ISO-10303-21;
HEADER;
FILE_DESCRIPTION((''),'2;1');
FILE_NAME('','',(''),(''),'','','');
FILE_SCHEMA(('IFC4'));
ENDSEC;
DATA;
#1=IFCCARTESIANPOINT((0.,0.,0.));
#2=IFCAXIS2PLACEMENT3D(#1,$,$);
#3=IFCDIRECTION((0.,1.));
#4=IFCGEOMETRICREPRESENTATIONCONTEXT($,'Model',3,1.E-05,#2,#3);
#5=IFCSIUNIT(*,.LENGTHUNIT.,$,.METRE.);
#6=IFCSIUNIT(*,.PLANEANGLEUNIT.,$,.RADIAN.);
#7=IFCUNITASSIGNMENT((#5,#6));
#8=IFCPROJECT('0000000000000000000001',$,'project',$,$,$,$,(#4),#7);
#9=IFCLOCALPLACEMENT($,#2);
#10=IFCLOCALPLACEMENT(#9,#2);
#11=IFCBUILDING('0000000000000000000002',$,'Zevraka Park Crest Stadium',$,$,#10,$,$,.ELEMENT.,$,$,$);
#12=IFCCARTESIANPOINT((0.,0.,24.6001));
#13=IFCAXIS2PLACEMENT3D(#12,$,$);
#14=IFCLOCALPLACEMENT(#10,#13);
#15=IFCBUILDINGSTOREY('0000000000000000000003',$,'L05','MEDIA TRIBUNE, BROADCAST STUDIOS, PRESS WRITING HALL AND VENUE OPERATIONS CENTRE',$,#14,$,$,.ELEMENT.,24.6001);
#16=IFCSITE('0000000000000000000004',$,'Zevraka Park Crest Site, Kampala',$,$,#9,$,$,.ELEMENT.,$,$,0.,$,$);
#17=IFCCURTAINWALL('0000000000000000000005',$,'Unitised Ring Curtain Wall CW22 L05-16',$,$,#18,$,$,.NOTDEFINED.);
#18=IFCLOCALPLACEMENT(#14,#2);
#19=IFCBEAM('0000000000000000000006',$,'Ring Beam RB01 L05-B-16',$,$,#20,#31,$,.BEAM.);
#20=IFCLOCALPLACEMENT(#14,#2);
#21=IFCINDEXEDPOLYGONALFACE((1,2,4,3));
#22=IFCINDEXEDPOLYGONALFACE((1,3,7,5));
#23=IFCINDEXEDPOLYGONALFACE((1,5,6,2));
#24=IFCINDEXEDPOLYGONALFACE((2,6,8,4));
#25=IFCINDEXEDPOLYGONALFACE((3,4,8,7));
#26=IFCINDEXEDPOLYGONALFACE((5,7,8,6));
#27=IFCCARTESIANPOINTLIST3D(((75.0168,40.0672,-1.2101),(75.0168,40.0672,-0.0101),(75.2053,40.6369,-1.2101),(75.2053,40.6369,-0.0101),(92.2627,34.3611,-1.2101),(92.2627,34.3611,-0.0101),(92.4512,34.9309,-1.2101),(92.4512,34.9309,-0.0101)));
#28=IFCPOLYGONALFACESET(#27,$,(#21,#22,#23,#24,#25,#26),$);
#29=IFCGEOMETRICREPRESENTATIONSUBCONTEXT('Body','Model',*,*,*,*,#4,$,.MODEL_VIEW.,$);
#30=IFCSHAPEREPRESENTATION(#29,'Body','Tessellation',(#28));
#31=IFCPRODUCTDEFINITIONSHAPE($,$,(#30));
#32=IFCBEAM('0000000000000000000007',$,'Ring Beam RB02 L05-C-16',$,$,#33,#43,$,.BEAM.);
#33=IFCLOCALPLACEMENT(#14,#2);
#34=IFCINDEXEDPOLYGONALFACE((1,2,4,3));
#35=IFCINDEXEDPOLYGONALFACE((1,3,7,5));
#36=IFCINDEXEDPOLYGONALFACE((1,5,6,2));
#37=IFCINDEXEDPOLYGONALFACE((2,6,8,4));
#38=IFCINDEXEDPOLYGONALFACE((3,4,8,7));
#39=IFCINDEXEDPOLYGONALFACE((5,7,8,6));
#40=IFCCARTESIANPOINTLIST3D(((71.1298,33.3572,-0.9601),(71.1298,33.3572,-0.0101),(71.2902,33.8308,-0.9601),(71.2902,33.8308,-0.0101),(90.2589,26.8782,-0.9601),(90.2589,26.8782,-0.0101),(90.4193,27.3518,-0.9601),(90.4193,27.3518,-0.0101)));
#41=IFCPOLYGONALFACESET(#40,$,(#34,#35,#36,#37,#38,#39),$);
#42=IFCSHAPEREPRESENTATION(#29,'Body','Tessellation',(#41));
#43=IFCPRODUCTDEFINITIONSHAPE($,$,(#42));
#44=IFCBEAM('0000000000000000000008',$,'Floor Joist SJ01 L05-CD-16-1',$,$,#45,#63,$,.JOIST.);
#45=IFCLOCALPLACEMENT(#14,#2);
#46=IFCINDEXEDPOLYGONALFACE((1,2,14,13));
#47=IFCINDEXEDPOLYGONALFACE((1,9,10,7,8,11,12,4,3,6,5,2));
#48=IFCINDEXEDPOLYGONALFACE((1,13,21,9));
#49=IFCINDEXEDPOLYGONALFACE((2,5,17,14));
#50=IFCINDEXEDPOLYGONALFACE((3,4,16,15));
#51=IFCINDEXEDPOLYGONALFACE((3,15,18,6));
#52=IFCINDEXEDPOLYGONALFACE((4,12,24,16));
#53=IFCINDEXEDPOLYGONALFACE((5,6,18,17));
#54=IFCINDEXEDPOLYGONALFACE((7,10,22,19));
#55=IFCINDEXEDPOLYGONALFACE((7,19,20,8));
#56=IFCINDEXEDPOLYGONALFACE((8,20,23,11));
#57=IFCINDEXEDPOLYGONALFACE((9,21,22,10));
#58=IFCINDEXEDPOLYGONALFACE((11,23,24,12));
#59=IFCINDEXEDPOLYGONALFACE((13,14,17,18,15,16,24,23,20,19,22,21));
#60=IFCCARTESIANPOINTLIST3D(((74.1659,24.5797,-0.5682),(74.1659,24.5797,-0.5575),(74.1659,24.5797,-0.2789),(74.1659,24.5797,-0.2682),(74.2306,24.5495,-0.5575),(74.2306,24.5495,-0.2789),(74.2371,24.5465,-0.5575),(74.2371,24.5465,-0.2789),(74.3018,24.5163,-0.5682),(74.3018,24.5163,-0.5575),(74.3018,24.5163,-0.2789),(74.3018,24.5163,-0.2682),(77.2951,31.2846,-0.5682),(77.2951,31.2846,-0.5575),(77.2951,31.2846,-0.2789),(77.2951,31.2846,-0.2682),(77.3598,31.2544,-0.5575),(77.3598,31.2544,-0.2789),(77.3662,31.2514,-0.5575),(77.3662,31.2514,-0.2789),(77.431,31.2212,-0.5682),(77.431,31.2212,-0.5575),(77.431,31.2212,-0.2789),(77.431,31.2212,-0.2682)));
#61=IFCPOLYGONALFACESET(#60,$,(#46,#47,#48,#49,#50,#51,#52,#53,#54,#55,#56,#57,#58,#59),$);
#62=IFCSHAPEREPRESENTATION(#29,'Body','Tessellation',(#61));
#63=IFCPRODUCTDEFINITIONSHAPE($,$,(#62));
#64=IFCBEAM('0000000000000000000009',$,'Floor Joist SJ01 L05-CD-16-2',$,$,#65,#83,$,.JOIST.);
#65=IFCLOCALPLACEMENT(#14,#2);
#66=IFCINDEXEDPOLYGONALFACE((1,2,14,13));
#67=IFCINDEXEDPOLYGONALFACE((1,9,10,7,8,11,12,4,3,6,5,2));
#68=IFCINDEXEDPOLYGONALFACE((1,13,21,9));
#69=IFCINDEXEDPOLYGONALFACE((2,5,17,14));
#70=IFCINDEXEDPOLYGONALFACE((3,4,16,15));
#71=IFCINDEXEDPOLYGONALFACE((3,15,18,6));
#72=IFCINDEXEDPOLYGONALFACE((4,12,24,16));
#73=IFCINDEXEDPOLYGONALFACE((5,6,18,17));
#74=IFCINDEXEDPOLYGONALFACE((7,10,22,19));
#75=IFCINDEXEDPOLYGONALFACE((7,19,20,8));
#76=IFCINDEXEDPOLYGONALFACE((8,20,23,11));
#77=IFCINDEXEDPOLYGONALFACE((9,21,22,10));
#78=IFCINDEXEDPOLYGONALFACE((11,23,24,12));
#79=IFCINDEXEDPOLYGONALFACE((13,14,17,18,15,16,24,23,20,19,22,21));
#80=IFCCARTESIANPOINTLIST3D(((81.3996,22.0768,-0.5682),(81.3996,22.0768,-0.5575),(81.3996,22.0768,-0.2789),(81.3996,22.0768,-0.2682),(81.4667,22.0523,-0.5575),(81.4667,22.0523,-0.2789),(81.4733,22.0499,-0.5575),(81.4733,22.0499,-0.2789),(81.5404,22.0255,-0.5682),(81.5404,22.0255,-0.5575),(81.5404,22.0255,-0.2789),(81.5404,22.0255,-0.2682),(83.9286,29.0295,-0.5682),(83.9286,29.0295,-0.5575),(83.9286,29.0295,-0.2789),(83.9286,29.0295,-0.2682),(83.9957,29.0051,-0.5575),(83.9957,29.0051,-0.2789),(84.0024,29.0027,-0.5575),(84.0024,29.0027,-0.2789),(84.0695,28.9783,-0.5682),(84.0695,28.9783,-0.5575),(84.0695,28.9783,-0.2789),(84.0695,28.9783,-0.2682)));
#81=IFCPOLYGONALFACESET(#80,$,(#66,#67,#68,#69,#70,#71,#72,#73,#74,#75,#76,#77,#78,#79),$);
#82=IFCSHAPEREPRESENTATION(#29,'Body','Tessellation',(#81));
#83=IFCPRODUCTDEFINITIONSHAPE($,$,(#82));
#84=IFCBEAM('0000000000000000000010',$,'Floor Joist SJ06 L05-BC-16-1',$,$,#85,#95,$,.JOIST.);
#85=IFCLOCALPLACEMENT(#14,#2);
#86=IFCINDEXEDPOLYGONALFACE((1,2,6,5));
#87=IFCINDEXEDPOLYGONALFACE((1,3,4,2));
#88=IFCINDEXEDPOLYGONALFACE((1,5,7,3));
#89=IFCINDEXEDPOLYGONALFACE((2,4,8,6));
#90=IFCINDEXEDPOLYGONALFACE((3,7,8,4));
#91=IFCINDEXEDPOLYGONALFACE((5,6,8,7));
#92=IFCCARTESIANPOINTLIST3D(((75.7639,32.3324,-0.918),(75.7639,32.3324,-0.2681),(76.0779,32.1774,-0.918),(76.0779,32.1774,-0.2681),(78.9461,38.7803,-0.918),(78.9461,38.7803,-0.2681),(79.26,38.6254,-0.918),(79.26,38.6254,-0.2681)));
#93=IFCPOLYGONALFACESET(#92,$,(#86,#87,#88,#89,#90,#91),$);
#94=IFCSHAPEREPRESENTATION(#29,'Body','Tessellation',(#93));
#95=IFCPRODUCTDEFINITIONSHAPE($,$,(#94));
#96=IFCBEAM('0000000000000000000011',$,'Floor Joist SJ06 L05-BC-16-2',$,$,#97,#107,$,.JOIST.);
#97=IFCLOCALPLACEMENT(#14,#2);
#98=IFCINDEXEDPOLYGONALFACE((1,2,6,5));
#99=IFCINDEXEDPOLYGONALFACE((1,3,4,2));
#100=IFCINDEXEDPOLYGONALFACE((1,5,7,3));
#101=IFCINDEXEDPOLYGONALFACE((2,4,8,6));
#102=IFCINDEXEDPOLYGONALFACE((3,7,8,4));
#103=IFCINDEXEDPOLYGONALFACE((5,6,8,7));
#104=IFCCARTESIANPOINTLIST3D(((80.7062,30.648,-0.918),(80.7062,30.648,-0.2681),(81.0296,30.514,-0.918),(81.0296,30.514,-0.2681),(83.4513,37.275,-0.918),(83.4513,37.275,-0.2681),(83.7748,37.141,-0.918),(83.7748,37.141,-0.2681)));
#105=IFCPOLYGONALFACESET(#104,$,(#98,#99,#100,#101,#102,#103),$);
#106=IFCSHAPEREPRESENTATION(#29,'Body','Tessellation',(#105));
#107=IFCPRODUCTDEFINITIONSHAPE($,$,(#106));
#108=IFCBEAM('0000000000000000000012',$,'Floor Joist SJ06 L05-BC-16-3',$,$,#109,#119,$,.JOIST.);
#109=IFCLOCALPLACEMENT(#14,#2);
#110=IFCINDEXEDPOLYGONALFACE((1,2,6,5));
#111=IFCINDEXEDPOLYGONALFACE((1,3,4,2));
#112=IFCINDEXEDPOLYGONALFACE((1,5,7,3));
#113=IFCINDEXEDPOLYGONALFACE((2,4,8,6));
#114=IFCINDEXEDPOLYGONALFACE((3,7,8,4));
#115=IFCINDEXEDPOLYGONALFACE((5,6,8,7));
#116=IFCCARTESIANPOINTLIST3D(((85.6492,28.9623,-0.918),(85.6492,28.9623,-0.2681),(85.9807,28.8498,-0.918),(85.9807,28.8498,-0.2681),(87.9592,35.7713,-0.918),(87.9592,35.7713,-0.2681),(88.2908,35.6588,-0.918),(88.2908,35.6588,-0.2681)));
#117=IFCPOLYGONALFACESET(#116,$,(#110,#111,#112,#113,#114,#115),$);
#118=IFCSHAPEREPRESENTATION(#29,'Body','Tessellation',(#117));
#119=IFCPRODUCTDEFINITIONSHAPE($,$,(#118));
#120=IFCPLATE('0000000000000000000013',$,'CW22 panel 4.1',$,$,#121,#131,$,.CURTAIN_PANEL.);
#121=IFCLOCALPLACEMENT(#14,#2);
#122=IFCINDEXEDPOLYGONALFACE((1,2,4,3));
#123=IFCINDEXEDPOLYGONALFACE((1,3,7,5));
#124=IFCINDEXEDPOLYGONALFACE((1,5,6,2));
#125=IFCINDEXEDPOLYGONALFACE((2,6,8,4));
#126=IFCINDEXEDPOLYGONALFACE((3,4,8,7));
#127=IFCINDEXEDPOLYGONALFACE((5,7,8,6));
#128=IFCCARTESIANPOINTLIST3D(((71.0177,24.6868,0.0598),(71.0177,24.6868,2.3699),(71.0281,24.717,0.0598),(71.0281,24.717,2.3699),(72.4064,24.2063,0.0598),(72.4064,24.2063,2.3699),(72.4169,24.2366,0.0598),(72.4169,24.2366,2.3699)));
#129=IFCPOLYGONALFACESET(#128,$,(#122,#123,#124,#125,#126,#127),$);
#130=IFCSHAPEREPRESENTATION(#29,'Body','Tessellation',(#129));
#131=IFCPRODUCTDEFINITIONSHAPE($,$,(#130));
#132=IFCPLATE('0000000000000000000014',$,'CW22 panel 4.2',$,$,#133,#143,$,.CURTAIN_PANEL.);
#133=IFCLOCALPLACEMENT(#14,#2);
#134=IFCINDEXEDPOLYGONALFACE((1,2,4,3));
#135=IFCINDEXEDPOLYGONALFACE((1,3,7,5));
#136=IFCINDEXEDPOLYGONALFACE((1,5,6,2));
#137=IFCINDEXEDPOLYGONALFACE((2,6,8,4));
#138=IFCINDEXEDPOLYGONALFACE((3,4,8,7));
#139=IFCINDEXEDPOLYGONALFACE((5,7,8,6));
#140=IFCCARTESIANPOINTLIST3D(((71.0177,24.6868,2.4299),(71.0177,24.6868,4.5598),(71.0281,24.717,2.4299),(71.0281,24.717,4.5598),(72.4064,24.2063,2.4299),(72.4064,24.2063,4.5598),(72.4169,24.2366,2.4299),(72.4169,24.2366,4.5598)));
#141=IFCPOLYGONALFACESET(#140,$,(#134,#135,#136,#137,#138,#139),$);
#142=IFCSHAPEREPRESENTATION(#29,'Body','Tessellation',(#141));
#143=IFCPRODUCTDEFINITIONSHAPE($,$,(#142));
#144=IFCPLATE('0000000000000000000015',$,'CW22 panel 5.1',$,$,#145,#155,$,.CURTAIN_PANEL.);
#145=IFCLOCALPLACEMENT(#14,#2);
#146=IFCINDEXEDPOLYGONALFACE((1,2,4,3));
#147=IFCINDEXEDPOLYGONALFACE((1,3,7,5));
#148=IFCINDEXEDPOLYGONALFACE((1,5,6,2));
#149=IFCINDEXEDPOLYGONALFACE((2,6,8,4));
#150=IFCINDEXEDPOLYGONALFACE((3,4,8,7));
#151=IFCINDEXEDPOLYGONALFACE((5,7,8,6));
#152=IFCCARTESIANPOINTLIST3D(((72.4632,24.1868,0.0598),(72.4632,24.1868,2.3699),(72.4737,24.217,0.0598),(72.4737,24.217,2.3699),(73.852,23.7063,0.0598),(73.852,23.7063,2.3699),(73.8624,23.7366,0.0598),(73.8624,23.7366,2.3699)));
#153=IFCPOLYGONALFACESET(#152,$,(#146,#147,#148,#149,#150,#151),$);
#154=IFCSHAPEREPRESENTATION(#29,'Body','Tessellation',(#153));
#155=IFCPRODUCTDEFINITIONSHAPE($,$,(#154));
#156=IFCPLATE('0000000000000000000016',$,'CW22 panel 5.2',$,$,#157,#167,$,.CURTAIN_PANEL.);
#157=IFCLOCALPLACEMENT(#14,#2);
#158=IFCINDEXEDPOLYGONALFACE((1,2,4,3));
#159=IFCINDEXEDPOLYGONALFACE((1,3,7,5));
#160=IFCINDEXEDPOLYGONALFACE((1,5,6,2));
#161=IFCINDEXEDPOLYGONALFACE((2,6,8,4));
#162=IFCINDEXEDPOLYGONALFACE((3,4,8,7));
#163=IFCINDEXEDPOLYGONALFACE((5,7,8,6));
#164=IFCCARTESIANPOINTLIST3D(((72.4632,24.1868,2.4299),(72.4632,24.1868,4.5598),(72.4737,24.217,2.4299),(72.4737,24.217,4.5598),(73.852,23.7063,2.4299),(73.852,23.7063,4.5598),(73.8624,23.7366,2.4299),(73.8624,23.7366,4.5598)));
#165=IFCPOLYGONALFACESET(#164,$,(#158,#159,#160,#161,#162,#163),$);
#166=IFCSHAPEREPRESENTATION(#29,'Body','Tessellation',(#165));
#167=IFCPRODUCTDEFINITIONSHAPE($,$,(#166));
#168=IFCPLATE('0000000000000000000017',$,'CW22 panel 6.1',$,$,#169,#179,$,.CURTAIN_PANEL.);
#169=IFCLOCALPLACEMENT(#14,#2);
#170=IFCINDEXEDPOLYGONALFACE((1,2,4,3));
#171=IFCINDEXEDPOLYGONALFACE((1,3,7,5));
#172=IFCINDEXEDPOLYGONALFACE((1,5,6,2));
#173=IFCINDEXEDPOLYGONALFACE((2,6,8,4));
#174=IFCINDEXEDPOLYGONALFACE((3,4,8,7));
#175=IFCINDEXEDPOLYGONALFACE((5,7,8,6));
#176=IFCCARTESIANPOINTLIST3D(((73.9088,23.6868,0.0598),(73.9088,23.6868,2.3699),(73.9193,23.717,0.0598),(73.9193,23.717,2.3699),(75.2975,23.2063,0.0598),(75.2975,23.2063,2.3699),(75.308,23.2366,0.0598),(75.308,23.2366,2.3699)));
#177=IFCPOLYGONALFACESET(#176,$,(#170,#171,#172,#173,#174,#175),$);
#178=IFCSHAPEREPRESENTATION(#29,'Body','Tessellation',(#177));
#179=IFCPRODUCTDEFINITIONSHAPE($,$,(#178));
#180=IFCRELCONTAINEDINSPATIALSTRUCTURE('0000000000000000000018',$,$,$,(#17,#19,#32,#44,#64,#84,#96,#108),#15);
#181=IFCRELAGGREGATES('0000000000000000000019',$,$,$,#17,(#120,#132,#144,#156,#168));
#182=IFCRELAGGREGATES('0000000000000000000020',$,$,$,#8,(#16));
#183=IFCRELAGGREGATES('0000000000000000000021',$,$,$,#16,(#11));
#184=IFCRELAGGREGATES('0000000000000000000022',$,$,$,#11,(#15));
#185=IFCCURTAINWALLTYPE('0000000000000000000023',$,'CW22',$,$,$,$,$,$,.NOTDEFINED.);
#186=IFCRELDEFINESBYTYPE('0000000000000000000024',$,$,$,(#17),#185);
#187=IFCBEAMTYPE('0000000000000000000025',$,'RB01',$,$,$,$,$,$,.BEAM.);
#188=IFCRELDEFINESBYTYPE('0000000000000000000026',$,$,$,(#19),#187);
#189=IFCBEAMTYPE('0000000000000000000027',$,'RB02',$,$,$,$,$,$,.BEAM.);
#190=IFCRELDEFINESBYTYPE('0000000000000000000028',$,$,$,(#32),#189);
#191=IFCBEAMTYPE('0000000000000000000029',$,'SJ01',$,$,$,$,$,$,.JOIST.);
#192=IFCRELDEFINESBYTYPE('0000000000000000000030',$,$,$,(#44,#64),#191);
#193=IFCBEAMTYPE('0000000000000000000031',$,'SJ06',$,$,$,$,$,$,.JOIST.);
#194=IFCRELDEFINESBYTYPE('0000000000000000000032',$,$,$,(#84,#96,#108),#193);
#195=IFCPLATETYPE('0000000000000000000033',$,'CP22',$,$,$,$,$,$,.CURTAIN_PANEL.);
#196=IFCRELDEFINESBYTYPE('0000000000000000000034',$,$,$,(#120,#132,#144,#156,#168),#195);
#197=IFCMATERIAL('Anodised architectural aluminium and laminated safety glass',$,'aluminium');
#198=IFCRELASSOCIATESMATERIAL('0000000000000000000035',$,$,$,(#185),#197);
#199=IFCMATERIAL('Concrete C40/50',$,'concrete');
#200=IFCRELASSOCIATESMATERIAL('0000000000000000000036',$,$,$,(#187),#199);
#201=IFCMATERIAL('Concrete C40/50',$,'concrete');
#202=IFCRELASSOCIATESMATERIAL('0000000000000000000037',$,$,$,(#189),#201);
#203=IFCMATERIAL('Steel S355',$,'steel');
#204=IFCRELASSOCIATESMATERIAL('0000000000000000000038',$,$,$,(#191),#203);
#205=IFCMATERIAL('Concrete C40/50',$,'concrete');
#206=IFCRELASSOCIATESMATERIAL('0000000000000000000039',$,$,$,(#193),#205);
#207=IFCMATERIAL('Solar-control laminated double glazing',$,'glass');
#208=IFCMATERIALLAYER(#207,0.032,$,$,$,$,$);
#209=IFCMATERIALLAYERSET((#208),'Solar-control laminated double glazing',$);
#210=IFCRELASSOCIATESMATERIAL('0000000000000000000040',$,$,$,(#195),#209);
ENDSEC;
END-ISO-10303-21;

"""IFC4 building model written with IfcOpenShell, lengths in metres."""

from ifc_helpers import new_model, si_unit, direction, frame, origin, origin_2d, place, context, subcontext, project, spatial, rectangle, i_section, extrude, material, layer, layer_set, material_profile, profile_set, type_object, element, aggregate, save


model = new_model("IFC4")

# Units and contexts
model_context = context("Model", 3, precision=1e-05, world=origin(), true_north=direction((0.0, 1.0)))
body_context = subcontext(model_context, "Body", "Model", "MODEL_VIEW")
ifc_project = project(units=[si_unit("LENGTHUNIT", "METRE"), si_unit("PLANEANGLEUNIT", "RADIAN")], contexts=[model_context])

# Site, building, storey
site_placement = place(None, origin())
site = spatial("IfcSite", under=ifc_project, at=site_placement, Name="Zevraka Park Crest Site, Kampala", CompositionType="ELEMENT", RefElevation=0.0)
building_placement = place(site_placement, origin())
building = spatial("IfcBuilding", under=site, at=building_placement, Name="Zevraka Park Crest Stadium", CompositionType="ELEMENT")
storey_placement = place(building_placement, frame((0.0, 0.0, 24.6001)))
storey = spatial("IfcBuildingStorey", under=building, at=storey_placement, Name="L05", Description="MEDIA TRIBUNE, BROADCAST STUDIOS, PRESS WRITING HALL AND VENUE OPERATIONS CENTRE", CompositionType="ELEMENT", Elevation=24.6001)

# Curtain wall
ifc_material_1 = material(Name="Anodised architectural aluminium and laminated safety glass", Category="aluminium")
curtain_wall_type = type_object("IfcCurtainWallType", Name="CW22", PredefinedType="NOTDEFINED", material=ifc_material_1)
curtain_wall_placement = place(storey_placement, origin())
curtain_wall = element("IfcCurtainWall", 1, at=curtain_wall_placement, inside=storey, type_object=curtain_wall_type, Name="Unitised Ring Curtain Wall CW22 L05-16", PredefinedType="NOTDEFINED")

# Beams
ifc_material_2 = material(Name="Concrete C40/50", Category="concrete")
ifc_material_profile_1 = material_profile(ifc_material_2, rectangle(XDim=0.6001, YDim=1.2, at=origin_2d()), Name="RC 1200x600")
ifc_profile_set_1 = profile_set([ifc_material_profile_1], Name="Concrete C40/50")
beam_type_1 = type_object("IfcBeamType", Name="RB01", PredefinedType="BEAM", material=ifc_profile_set_1)
beam_1_placement = place(storey_placement, frame((75.1111, 40.3521, -0.6101), z_axis=(0.949384, -0.314118, 0.0), x_axis=(0.314118, 0.949384, 0.0)))
element("IfcBeam", 2, at=beam_1_placement, inside=storey, type_object=beam_type_1, Name="Ring Beam RB01 L05-B-16", PredefinedType="BEAM", context=body_context, shape_type="SweptSolid", body=[
    extrude(rectangle(XDim=0.6001, YDim=1.2, at=origin_2d()), origin(), (0.0, 0.0, 1.0), 18.1653),
])
ifc_material_3 = material(Name="Concrete C40/50", Category="concrete")
ifc_material_profile_2 = material_profile(ifc_material_3, rectangle(XDim=0.5, YDim=0.95, at=origin_2d()), Name="RC 950x500")
ifc_profile_set_2 = profile_set([ifc_material_profile_2], Name="Concrete C40/50")
beam_type_2 = type_object("IfcBeamType", Name="RB02", PredefinedType="BEAM", material=ifc_profile_set_2)
beam_2_placement = place(storey_placement, frame((71.21, 33.594, -0.4851), z_axis=(0.947148, -0.320797, 0.0), x_axis=(0.320797, 0.947148, 0.0)))
element("IfcBeam", 3, at=beam_2_placement, inside=storey, type_object=beam_type_2, Name="Ring Beam RB02 L05-C-16", PredefinedType="BEAM", context=body_context, shape_type="SweptSolid", body=[
    extrude(rectangle(XDim=0.5, YDim=0.95, at=origin_2d()), origin(), (0.0, 0.0, 1.0), 20.1965),
])
ifc_material_4 = material(Name="Steel S355", Category="steel")
ifc_material_profile_3 = material_profile(ifc_material_4, i_section(OverallWidth=0.1499, OverallDepth=0.3, WebThickness=0.0071, FlangeThickness=0.0107, at=origin_2d()), Name="IPE 300")
ifc_profile_set_3 = profile_set([ifc_material_profile_3], Name="Steel S355")
beam_type_3 = type_object("IfcBeamType", Name="SJ01", PredefinedType="JOIST", material=ifc_profile_set_3)
beam_3_placement = place(storey_placement, frame((77.363, 31.2529, -0.4182), z_axis=(-0.422911, -0.906171, 0.0), x_axis=(0.906171, -0.422911, 0.0)))
element("IfcBeam", 4, at=beam_3_placement, inside=storey, type_object=beam_type_3, Name="Floor Joist SJ01 L05-CD-16-1", PredefinedType="JOIST", context=body_context, shape_type="SweptSolid", body=[
    extrude(i_section(OverallWidth=0.1499, OverallDepth=0.3, WebThickness=0.0071, FlangeThickness=0.0107, at=origin_2d()), origin(), (0.0, 0.0, 1.0), 7.3992),
])
beam_4_placement = place(storey_placement, frame((83.999, 29.0039, -0.4182), z_axis=(-0.34183, -0.939762, 0.0), x_axis=(0.939762, -0.34183, 0.0)))
element("IfcBeam", 5, at=beam_4_placement, inside=storey, type_object=beam_type_3, Name="Floor Joist SJ01 L05-CD-16-2", PredefinedType="JOIST", context=body_context, shape_type="SweptSolid", body=[
    extrude(i_section(OverallWidth=0.1499, OverallDepth=0.3, WebThickness=0.0071, FlangeThickness=0.0107, at=origin_2d()), origin(), (0.0, 0.0, 1.0), 7.3984),
])
ifc_material_5 = material(Name="Concrete C40/50", Category="concrete")
ifc_material_profile_4 = material_profile(ifc_material_5, rectangle(XDim=0.3501, YDim=0.6499, at=origin_2d()), Name="RC 650x350")
ifc_profile_set_4 = profile_set([ifc_material_profile_4], Name="Concrete C40/50")
beam_type_4 = type_object("IfcBeamType", Name="SJ06", PredefinedType="JOIST", material=ifc_profile_set_4)
beam_5_placement = place(storey_placement, frame((79.103, 38.7029, -0.593), z_axis=(-0.442549, -0.896744, 0.0), x_axis=(0.896744, -0.442549, 0.0)))
element("IfcBeam", 6, at=beam_5_placement, inside=storey, type_object=beam_type_4, Name="Floor Joist SJ06 L05-BC-16-1", PredefinedType="JOIST", context=body_context, shape_type="SweptSolid", body=[
    extrude(rectangle(XDim=0.3501, YDim=0.6499, at=origin_2d()), origin(), (0.0, 0.0, 1.0), 7.1904),
])
beam_6_placement = place(storey_placement, frame((83.613, 37.208, -0.593), z_axis=(-0.3827, -0.923872, 0.0), x_axis=(0.923872, -0.3827, 0.0)))
element("IfcBeam", 7, at=beam_6_placement, inside=storey, type_object=beam_type_4, Name="Floor Joist SJ06 L05-BC-16-2", PredefinedType="JOIST", context=body_context, shape_type="SweptSolid", body=[
    extrude(rectangle(XDim=0.3501, YDim=0.6499, at=origin_2d()), origin(), (0.0, 0.0, 1.0), 7.1731),
])
beam_7_placement = place(storey_placement, frame((88.125, 35.7151, -0.593), z_axis=(-0.321276, -0.946986, 0.0), x_axis=(0.946986, -0.321276, 0.0)))
element("IfcBeam", 8, at=beam_7_placement, inside=storey, type_object=beam_type_4, Name="Floor Joist SJ06 L05-BC-16-3", PredefinedType="JOIST", context=body_context, shape_type="SweptSolid", body=[
    extrude(rectangle(XDim=0.3501, YDim=0.6499, at=origin_2d()), origin(), (0.0, 0.0, 1.0), 7.1902),
])

# Plates
ifc_material_6 = material(Name="Solar-control laminated double glazing", Category="glass")
ifc_layer_1 = layer(ifc_material_6, 0.032)
ifc_layer_set_1 = layer_set([ifc_layer_1], Name="Solar-control laminated double glazing")
plate_type = type_object("IfcPlateType", Name="CP22", PredefinedType="CURTAIN_PANEL", material=ifc_layer_set_1)
plate_1_placement = place(storey_placement, frame((71.7173, 24.4617, 0.0598), z_axis=(0.0, 0.0, 1.0), x_axis=(0.945049, -0.326929, 0.0)))
plate_1 = element("IfcPlate", 9, at=plate_1_placement, type_object=plate_type, Name="CW22 panel 4.1", PredefinedType="CURTAIN_PANEL", context=body_context, shape_type="SweptSolid", body=[
    extrude(rectangle(XDim=1.4695, YDim=0.032, at=origin_2d()), origin(), (0.0, 0.0, 1.0), 2.3101),
])
plate_2_placement = place(storey_placement, frame((71.7173, 24.4617, 2.4299), z_axis=(0.0, 0.0, 1.0), x_axis=(0.945049, -0.326929, 0.0)))
plate_2 = element("IfcPlate", 10, at=plate_2_placement, type_object=plate_type, Name="CW22 panel 4.2", PredefinedType="CURTAIN_PANEL", context=body_context, shape_type="SweptSolid", body=[
    extrude(rectangle(XDim=1.4695, YDim=0.032, at=origin_2d()), origin(), (0.0, 0.0, 1.0), 2.1299),
])
plate_3_placement = place(storey_placement, frame((73.1628, 23.9617, 0.0598), z_axis=(0.0, 0.0, 1.0), x_axis=(0.945049, -0.326929, 0.0)))
plate_3 = element("IfcPlate", 11, at=plate_3_placement, type_object=plate_type, Name="CW22 panel 5.1", PredefinedType="CURTAIN_PANEL", context=body_context, shape_type="SweptSolid", body=[
    extrude(rectangle(XDim=1.4695, YDim=0.032, at=origin_2d()), origin(), (0.0, 0.0, 1.0), 2.3101),
])
plate_4_placement = place(storey_placement, frame((73.1628, 23.9617, 2.4299), z_axis=(0.0, 0.0, 1.0), x_axis=(0.945049, -0.326929, 0.0)))
plate_4 = element("IfcPlate", 12, at=plate_4_placement, type_object=plate_type, Name="CW22 panel 5.2", PredefinedType="CURTAIN_PANEL", context=body_context, shape_type="SweptSolid", body=[
    extrude(rectangle(XDim=1.4695, YDim=0.032, at=origin_2d()), origin(), (0.0, 0.0, 1.0), 2.1299),
])
plate_5_placement = place(storey_placement, frame((74.6084, 23.4617, 0.0598), z_axis=(0.0, 0.0, 1.0), x_axis=(0.945049, -0.326929, 0.0)))
plate_5 = element("IfcPlate", 13, at=plate_5_placement, type_object=plate_type, Name="CW22 panel 6.1", PredefinedType="CURTAIN_PANEL", context=body_context, shape_type="SweptSolid", body=[
    extrude(rectangle(XDim=1.4695, YDim=0.032, at=origin_2d()), origin(), (0.0, 0.0, 1.0), 2.3101),
])
aggregate(curtain_wall, [plate_1, plate_2, plate_3, plate_4, plate_5])

save(model, "model.ifc")
